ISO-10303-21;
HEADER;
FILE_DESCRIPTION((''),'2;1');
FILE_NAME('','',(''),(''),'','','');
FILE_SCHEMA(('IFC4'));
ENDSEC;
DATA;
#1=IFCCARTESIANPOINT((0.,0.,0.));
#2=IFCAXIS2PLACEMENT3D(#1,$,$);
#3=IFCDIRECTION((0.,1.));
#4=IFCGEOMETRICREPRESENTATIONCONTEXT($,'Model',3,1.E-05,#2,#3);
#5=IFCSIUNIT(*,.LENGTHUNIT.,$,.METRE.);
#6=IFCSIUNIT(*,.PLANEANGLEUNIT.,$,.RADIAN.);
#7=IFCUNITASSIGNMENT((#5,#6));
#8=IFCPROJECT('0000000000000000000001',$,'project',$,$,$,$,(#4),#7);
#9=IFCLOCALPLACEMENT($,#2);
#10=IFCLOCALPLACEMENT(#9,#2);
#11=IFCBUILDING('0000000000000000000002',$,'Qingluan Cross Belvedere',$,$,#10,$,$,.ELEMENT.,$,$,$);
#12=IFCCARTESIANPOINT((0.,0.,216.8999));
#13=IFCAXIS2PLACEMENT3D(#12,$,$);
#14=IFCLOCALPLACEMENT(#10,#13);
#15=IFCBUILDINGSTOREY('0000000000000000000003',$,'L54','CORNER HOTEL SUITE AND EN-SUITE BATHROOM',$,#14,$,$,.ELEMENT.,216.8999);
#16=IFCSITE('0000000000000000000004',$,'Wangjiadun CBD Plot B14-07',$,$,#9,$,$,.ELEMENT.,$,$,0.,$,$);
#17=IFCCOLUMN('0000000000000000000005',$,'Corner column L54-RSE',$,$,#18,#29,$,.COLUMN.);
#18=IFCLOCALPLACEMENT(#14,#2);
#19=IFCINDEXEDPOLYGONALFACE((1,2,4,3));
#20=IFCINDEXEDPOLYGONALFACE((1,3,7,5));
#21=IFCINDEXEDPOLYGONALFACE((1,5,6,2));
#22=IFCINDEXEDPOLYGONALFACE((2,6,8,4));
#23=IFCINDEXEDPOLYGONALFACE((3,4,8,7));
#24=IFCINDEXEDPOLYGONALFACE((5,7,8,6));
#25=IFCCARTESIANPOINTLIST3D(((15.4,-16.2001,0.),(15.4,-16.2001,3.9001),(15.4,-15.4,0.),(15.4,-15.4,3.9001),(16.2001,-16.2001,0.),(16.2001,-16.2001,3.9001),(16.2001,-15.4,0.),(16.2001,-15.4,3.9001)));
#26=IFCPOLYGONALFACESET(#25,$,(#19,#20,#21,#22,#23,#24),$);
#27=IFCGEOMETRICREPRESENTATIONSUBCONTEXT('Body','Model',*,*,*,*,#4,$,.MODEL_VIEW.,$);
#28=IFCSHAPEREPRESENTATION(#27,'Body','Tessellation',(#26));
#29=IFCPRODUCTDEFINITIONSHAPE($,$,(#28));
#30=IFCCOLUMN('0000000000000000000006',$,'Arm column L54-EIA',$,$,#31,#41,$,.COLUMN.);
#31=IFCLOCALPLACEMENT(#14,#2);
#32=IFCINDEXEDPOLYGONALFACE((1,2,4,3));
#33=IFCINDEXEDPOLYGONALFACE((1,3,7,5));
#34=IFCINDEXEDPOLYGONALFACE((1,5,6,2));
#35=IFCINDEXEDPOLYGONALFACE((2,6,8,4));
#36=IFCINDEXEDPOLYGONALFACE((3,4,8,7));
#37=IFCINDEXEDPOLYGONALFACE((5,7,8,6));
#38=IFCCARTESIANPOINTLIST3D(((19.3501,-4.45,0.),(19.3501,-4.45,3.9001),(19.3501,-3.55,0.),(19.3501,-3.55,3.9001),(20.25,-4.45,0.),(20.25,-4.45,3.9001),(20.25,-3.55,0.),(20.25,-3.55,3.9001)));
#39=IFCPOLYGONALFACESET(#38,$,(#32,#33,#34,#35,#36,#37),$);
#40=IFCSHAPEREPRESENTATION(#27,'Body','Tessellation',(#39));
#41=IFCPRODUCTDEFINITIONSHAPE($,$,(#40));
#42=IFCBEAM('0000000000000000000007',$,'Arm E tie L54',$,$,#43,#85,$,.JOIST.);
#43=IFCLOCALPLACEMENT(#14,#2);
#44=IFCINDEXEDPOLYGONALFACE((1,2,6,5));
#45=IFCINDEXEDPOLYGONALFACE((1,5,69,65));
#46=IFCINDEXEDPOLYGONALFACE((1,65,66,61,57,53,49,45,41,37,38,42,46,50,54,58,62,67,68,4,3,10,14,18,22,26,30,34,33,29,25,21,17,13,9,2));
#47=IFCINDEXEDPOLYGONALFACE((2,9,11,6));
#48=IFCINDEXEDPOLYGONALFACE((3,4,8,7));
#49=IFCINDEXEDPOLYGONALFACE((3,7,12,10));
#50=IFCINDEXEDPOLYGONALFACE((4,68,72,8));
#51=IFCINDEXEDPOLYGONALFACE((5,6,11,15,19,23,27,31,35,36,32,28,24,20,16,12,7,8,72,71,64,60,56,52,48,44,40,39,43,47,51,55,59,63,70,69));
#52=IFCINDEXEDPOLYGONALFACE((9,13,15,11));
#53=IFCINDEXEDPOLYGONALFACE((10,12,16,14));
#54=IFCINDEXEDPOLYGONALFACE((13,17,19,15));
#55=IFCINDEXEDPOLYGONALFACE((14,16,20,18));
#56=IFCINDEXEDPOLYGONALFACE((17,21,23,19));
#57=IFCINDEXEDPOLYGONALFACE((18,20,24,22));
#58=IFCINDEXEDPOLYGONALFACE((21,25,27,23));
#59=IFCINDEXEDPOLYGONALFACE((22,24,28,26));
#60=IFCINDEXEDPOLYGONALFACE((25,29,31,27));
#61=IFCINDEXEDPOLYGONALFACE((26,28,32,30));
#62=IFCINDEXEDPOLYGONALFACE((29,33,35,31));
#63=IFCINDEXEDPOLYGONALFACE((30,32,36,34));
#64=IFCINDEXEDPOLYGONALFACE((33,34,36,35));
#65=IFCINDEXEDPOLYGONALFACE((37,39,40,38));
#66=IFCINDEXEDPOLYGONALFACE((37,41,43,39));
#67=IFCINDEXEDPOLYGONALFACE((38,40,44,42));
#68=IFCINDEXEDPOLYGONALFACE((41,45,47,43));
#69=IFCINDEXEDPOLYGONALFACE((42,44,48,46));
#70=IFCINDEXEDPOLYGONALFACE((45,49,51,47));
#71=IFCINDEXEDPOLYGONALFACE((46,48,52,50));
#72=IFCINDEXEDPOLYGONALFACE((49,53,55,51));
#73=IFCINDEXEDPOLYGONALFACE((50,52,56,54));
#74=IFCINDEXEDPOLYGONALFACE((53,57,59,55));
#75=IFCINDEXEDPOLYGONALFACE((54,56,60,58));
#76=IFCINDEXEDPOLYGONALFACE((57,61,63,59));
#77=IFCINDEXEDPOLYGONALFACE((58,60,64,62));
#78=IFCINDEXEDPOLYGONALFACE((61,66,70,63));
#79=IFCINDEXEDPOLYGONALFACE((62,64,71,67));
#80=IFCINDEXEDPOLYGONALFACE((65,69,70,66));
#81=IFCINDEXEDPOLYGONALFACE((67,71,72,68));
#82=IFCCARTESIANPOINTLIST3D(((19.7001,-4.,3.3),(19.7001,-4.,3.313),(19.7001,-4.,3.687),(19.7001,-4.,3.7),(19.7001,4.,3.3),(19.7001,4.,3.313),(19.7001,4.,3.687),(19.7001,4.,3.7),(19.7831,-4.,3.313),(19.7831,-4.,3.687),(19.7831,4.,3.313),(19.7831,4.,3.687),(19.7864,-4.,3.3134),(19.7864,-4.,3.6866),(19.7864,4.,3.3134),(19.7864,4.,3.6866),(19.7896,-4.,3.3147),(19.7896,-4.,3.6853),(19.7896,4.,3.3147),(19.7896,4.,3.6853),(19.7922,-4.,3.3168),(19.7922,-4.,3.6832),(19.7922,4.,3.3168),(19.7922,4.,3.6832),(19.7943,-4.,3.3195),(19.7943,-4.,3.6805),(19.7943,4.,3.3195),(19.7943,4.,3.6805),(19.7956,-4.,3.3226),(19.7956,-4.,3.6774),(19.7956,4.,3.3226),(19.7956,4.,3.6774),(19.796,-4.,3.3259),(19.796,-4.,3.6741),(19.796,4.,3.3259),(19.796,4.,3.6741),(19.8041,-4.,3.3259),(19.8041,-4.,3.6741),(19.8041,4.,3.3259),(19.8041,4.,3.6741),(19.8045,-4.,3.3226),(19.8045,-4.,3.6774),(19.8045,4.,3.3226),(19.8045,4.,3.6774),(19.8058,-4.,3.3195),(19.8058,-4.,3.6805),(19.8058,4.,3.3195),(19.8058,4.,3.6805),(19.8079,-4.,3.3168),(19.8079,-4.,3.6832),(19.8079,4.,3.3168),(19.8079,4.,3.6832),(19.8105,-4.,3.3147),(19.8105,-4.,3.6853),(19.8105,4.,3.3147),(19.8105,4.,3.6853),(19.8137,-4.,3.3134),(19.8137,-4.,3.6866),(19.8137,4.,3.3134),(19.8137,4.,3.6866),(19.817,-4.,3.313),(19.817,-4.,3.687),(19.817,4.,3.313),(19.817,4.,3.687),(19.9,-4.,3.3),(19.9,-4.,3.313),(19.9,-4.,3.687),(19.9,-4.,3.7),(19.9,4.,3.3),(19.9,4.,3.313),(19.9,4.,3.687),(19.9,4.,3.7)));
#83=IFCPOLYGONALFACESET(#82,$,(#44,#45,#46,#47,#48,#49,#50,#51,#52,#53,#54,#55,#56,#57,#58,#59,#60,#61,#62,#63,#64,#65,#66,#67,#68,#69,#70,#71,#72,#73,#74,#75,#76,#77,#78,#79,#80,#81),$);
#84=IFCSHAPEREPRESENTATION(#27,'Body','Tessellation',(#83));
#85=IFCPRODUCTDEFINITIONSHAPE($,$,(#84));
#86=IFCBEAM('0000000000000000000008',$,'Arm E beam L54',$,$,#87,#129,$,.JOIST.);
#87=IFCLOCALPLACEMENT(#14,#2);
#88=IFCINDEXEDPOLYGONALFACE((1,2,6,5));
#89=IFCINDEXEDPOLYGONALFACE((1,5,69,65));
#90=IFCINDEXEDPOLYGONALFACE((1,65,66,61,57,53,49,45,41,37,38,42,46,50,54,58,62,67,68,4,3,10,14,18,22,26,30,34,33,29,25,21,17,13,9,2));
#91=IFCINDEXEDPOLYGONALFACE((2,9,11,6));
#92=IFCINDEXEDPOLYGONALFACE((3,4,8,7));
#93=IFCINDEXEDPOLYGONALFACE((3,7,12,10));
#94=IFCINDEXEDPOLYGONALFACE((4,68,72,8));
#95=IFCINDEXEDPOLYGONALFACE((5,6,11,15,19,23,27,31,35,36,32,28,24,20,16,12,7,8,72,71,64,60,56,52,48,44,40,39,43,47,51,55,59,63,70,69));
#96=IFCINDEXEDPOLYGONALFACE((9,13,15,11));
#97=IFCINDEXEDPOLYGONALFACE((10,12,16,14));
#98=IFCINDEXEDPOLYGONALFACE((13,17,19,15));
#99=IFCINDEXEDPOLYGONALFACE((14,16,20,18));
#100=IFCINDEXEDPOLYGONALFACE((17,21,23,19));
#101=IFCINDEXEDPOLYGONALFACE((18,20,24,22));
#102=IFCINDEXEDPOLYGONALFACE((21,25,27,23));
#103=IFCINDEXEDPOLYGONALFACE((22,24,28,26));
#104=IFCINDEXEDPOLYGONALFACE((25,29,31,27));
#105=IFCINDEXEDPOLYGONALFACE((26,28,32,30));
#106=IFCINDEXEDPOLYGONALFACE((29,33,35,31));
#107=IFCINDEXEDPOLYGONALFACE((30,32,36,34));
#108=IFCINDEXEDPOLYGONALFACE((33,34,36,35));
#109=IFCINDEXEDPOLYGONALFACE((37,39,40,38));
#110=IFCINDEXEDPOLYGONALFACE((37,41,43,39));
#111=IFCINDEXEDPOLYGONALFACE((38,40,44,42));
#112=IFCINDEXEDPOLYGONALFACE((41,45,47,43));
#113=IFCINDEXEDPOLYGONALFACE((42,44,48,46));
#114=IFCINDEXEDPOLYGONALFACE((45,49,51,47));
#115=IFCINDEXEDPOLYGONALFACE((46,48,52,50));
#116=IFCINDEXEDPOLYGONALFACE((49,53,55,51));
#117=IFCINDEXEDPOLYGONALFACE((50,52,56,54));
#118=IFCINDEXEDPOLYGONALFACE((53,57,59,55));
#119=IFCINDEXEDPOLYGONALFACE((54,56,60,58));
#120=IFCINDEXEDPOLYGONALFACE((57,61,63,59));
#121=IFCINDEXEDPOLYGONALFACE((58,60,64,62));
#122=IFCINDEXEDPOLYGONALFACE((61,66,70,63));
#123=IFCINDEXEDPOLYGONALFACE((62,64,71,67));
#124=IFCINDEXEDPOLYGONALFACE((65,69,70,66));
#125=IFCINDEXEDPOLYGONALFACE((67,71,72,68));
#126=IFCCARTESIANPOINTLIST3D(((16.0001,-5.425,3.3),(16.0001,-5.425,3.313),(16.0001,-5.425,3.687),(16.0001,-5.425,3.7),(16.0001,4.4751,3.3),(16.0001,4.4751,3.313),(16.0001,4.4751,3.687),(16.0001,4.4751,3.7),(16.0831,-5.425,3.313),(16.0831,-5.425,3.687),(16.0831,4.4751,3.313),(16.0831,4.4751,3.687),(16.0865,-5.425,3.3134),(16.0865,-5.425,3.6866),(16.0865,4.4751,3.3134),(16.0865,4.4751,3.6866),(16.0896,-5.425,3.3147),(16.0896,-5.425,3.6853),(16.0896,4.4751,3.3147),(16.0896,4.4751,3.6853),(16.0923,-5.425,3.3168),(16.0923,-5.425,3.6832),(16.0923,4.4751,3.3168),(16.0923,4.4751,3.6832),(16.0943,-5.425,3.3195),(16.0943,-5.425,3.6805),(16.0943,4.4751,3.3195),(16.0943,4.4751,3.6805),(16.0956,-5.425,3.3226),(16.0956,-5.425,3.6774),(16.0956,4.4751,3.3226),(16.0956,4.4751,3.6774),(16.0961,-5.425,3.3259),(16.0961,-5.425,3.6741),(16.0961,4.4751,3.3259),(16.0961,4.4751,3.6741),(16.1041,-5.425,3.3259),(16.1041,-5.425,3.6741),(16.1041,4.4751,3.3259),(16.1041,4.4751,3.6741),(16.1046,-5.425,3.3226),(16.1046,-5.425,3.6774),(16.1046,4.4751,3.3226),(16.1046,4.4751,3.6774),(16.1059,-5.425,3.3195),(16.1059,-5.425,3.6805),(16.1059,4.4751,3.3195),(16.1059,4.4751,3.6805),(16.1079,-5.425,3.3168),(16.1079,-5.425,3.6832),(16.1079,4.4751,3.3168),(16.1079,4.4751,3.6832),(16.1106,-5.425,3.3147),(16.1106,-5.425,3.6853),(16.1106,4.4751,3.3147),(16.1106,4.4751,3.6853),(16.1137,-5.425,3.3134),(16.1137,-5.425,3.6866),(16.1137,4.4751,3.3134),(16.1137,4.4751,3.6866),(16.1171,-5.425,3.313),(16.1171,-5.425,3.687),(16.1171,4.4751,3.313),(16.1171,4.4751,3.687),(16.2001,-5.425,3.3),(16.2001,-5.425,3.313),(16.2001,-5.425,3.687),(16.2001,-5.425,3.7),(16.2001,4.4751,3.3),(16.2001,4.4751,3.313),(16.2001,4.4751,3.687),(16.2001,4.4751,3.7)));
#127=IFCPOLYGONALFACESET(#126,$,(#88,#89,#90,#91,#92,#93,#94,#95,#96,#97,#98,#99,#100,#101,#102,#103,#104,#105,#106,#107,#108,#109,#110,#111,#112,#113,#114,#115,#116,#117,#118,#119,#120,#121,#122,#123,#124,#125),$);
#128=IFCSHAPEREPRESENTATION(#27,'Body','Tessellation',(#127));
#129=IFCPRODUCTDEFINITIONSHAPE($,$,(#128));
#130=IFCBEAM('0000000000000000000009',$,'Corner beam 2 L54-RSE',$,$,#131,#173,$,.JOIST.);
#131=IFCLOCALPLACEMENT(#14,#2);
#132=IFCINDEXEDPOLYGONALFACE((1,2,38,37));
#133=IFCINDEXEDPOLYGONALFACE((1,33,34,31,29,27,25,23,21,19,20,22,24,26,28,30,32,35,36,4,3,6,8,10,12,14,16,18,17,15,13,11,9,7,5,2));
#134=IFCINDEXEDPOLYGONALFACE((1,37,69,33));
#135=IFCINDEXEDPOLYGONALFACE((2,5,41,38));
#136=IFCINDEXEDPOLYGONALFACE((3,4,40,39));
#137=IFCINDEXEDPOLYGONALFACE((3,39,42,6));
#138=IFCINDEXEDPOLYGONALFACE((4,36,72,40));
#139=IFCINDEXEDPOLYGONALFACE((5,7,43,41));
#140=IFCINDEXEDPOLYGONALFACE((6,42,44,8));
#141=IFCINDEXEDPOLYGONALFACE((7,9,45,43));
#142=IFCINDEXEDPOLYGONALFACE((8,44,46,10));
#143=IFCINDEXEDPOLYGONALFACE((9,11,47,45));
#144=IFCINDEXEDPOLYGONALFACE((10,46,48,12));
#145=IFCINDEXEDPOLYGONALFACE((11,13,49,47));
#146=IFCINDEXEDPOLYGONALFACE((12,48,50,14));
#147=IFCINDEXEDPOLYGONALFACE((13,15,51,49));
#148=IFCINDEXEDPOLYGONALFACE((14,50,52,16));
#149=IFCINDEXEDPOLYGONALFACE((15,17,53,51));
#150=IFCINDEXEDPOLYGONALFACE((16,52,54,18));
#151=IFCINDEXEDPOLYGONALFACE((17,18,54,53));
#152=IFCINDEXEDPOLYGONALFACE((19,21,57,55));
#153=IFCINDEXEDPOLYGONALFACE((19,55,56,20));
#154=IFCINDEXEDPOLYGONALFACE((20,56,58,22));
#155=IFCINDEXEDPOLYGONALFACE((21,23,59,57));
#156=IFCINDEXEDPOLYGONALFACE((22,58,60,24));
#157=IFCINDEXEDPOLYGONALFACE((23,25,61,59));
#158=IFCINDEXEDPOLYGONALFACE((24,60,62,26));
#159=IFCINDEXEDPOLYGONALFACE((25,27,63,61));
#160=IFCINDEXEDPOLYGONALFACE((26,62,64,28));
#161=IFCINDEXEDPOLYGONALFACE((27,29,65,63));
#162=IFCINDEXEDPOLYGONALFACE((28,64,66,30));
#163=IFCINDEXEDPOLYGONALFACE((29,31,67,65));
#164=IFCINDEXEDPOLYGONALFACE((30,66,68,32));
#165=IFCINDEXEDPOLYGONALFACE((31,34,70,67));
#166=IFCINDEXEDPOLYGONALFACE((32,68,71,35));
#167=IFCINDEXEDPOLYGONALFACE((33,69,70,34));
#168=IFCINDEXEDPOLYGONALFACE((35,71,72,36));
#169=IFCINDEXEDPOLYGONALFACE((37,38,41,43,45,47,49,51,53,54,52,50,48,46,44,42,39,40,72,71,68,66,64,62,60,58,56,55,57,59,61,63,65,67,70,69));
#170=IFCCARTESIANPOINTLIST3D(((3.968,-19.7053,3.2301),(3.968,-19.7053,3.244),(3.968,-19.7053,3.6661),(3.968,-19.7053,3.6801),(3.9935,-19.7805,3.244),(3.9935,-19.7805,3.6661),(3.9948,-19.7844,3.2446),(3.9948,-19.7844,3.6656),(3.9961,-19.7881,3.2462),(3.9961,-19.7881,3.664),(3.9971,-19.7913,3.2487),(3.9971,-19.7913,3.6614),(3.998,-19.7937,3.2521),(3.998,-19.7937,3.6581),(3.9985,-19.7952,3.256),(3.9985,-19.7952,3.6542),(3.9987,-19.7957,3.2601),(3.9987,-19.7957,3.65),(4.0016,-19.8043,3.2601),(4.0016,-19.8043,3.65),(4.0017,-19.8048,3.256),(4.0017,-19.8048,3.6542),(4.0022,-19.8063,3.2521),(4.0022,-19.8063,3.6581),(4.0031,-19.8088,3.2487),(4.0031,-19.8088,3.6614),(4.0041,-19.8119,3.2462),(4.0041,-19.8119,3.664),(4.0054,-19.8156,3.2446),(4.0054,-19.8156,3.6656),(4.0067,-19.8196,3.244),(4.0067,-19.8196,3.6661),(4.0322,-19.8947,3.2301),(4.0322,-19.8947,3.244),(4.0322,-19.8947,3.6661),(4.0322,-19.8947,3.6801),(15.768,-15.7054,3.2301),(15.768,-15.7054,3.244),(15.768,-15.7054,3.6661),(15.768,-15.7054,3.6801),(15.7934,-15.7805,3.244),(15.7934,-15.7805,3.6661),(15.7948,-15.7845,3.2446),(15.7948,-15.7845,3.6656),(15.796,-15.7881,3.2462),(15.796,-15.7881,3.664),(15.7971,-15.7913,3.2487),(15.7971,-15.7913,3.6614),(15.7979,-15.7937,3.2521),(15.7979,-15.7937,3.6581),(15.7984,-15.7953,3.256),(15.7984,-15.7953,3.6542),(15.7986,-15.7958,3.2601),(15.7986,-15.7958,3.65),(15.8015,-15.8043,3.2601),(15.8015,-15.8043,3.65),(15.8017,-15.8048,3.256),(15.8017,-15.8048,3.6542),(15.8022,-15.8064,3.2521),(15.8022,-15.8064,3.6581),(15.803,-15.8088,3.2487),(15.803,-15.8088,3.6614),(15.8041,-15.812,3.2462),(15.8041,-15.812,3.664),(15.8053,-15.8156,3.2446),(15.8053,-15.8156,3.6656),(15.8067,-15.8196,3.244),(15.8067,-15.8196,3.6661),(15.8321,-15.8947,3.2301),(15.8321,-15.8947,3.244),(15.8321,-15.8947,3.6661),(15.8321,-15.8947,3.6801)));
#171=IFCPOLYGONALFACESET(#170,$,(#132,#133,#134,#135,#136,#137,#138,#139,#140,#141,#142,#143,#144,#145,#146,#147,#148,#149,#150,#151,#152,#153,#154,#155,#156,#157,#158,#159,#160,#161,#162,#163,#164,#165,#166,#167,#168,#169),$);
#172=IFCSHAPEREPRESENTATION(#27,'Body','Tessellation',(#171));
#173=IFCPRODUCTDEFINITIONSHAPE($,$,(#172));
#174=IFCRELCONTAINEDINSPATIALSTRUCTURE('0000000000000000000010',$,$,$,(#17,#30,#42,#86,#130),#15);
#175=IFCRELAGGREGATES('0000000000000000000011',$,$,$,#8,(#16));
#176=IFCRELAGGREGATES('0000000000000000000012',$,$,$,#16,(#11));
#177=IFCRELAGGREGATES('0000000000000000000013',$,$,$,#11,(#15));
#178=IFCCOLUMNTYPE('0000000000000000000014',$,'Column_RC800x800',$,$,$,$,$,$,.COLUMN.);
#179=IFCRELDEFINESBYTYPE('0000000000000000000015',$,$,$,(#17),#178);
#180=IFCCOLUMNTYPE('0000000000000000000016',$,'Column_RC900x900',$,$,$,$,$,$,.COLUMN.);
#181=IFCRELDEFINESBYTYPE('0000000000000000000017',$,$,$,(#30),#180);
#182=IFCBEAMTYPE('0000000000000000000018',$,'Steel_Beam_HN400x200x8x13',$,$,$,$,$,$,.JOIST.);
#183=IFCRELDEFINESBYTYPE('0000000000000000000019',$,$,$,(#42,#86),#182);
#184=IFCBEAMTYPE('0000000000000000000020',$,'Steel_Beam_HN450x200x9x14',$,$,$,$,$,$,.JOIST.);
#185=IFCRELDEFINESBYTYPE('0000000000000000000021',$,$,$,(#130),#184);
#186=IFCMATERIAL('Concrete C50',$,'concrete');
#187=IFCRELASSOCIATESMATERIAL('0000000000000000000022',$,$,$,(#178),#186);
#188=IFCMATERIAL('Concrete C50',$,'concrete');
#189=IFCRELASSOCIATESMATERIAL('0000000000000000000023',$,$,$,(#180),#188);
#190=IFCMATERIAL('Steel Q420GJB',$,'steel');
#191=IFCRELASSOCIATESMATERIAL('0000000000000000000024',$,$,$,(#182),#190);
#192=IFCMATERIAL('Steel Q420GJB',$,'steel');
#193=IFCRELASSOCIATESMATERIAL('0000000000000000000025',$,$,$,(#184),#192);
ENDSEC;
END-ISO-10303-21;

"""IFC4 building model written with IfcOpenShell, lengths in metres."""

from ifc_helpers import new_model, si_unit, direction, frame, origin, origin_2d, place, context, subcontext, project, spatial, rectangle, i_section, extrude, material, material_profile, profile_set, type_object, element, save


model = new_model("IFC4")

# Units and contexts
model_context = context("Model", 3, precision=1e-05, world=origin(), true_north=direction((0.0, 1.0)))
body_context = subcontext(model_context, "Body", "Model", "MODEL_VIEW")
ifc_project = project(units=[si_unit("LENGTHUNIT", "METRE"), si_unit("PLANEANGLEUNIT", "RADIAN")], contexts=[model_context])

# Site, building, storey
site_placement = place(None, origin())
site = spatial("IfcSite", under=ifc_project, at=site_placement, Name="Wangjiadun CBD Plot B14-07", CompositionType="ELEMENT", RefElevation=0.0)
building_placement = place(site_placement, origin())
building = spatial("IfcBuilding", under=site, at=building_placement, Name="Qingluan Cross Belvedere", CompositionType="ELEMENT")
storey_placement = place(building_placement, frame((0.0, 0.0, 216.8999)))
storey = spatial("IfcBuildingStorey", under=building, at=storey_placement, Name="L54", Description="CORNER HOTEL SUITE AND EN-SUITE BATHROOM", CompositionType="ELEMENT", Elevation=216.8999)

# Columns
ifc_material_1 = material(Name="Concrete C50", Category="concrete")
ifc_material_profile_1 = material_profile(ifc_material_1, rectangle(XDim=0.8, YDim=0.8, at=origin_2d()), Name="RC800x800")
ifc_profile_set_1 = profile_set([ifc_material_profile_1], Name="Concrete C50")
column_type_1 = type_object("IfcColumnType", Name="Column_RC800x800", PredefinedType="COLUMN", material=ifc_profile_set_1)
column_1_placement = place(storey_placement, frame((15.8, -15.8, 0.0), z_axis=(0.0, 0.0, 1.0), x_axis=(1.0, 0.0, 0.0)))
element("IfcColumn", 1, at=column_1_placement, inside=storey, type_object=column_type_1, Name="Corner column L54-RSE", PredefinedType="COLUMN", context=body_context, shape_type="SweptSolid", body=[
    extrude(rectangle(XDim=0.8, YDim=0.8, at=origin_2d()), origin(), (0.0, 0.0, 1.0), 3.9001),
])
ifc_material_2 = material(Name="Concrete C50", Category="concrete")
ifc_material_profile_2 = material_profile(ifc_material_2, rectangle(XDim=0.8999, YDim=0.8999, at=origin_2d()), Name="RC900x900")
ifc_profile_set_2 = profile_set([ifc_material_profile_2], Name="Concrete C50")
column_type_2 = type_object("IfcColumnType", Name="Column_RC900x900", PredefinedType="COLUMN", material=ifc_profile_set_2)
column_2_placement = place(storey_placement, frame((19.8, -4.0, 0.0), z_axis=(0.0, 0.0, 1.0), x_axis=(1.0, 0.0, 0.0)))
element("IfcColumn", 2, at=column_2_placement, inside=storey, type_object=column_type_2, Name="Arm column L54-EIA", PredefinedType="COLUMN", context=body_context, shape_type="SweptSolid", body=[
    extrude(rectangle(XDim=0.8999, YDim=0.8999, at=origin_2d()), origin(), (0.0, 0.0, 1.0), 3.9001),
])

# Beams
ifc_material_3 = material(Name="Steel Q420GJB", Category="steel")
ifc_material_profile_3 = material_profile(ifc_material_3, i_section(OverallWidth=0.2, OverallDepth=0.3999, WebThickness=0.0081, FlangeThickness=0.0129, FilletRadius=0.0129, at=origin_2d()), Name="HN400x200x8x13")
ifc_profile_set_3 = profile_set([ifc_material_profile_3], Name="Steel Q420GJB")
beam_type_1 = type_object("IfcBeamType", Name="Steel_Beam_HN400x200x8x13", PredefinedType="JOIST", material=ifc_profile_set_3)
beam_1_placement = place(storey_placement, frame((19.8, -4.0, 3.5), z_axis=(0.0, 1.0, 0.0), x_axis=(-1.0, 0.0, 0.0)))
element("IfcBeam", 3, at=beam_1_placement, inside=storey, type_object=beam_type_1, Name="Arm E tie L54", PredefinedType="JOIST", context=body_context, shape_type="SweptSolid", body=[
    extrude(i_section(OverallWidth=0.2, OverallDepth=0.3999, WebThickness=0.0081, FlangeThickness=0.0129, FilletRadius=0.0129, at=origin_2d()), origin(), (0.0, 0.0, 1.0), 8.0),
])
beam_2_placement = place(storey_placement, frame((16.1001, -5.425, 3.5), z_axis=(0.0, 1.0, 0.0), x_axis=(-1.0, 0.0, 0.0)))
element("IfcBeam", 4, at=beam_2_placement, inside=storey, type_object=beam_type_1, Name="Arm E beam L54", PredefinedType="JOIST", context=body_context, shape_type="SweptSolid", body=[
    extrude(i_section(OverallWidth=0.2, OverallDepth=0.3999, WebThickness=0.0081, FlangeThickness=0.0129, FilletRadius=0.0129, at=origin_2d()), origin(), (0.0, 0.0, 1.0), 9.9001),
])
ifc_material_4 = material(Name="Steel Q420GJB", Category="steel")
ifc_material_profile_4 = material_profile(ifc_material_4, i_section(OverallWidth=0.2, OverallDepth=0.45, WebThickness=0.009, FlangeThickness=0.0139, FilletRadius=0.0161, at=origin_2d()), Name="HN450x200x9x14")
ifc_profile_set_4 = profile_set([ifc_material_profile_4], Name="Steel Q420GJB")
beam_type_2 = type_object("IfcBeamType", Name="Steel_Beam_HN450x200x9x14", PredefinedType="JOIST", material=ifc_profile_set_4)
for number, where, z_axis, x_axis, name in (
    (5, (15.8, -15.8, 3.4551), (-0.947066, -0.321038, 0.0), (0.321038, -0.947066, 0.0), "Corner beam 2 L54-RSE"),
):
    element("IfcBeam", number, at=place(storey_placement, frame(where, z_axis=z_axis, x_axis=x_axis)), inside=storey, type_object=beam_type_2, Name=name, PredefinedType="JOIST", context=body_context, shape_type="SweptSolid", body=[
        extrude(i_section(OverallWidth=0.2, OverallDepth=0.45, WebThickness=0.009, FlangeThickness=0.0139, FilletRadius=0.0161, at=origin_2d()), origin(), (0.0, 0.0, 1.0), 12.4595),
    ])

save(model, "model.ifc")
